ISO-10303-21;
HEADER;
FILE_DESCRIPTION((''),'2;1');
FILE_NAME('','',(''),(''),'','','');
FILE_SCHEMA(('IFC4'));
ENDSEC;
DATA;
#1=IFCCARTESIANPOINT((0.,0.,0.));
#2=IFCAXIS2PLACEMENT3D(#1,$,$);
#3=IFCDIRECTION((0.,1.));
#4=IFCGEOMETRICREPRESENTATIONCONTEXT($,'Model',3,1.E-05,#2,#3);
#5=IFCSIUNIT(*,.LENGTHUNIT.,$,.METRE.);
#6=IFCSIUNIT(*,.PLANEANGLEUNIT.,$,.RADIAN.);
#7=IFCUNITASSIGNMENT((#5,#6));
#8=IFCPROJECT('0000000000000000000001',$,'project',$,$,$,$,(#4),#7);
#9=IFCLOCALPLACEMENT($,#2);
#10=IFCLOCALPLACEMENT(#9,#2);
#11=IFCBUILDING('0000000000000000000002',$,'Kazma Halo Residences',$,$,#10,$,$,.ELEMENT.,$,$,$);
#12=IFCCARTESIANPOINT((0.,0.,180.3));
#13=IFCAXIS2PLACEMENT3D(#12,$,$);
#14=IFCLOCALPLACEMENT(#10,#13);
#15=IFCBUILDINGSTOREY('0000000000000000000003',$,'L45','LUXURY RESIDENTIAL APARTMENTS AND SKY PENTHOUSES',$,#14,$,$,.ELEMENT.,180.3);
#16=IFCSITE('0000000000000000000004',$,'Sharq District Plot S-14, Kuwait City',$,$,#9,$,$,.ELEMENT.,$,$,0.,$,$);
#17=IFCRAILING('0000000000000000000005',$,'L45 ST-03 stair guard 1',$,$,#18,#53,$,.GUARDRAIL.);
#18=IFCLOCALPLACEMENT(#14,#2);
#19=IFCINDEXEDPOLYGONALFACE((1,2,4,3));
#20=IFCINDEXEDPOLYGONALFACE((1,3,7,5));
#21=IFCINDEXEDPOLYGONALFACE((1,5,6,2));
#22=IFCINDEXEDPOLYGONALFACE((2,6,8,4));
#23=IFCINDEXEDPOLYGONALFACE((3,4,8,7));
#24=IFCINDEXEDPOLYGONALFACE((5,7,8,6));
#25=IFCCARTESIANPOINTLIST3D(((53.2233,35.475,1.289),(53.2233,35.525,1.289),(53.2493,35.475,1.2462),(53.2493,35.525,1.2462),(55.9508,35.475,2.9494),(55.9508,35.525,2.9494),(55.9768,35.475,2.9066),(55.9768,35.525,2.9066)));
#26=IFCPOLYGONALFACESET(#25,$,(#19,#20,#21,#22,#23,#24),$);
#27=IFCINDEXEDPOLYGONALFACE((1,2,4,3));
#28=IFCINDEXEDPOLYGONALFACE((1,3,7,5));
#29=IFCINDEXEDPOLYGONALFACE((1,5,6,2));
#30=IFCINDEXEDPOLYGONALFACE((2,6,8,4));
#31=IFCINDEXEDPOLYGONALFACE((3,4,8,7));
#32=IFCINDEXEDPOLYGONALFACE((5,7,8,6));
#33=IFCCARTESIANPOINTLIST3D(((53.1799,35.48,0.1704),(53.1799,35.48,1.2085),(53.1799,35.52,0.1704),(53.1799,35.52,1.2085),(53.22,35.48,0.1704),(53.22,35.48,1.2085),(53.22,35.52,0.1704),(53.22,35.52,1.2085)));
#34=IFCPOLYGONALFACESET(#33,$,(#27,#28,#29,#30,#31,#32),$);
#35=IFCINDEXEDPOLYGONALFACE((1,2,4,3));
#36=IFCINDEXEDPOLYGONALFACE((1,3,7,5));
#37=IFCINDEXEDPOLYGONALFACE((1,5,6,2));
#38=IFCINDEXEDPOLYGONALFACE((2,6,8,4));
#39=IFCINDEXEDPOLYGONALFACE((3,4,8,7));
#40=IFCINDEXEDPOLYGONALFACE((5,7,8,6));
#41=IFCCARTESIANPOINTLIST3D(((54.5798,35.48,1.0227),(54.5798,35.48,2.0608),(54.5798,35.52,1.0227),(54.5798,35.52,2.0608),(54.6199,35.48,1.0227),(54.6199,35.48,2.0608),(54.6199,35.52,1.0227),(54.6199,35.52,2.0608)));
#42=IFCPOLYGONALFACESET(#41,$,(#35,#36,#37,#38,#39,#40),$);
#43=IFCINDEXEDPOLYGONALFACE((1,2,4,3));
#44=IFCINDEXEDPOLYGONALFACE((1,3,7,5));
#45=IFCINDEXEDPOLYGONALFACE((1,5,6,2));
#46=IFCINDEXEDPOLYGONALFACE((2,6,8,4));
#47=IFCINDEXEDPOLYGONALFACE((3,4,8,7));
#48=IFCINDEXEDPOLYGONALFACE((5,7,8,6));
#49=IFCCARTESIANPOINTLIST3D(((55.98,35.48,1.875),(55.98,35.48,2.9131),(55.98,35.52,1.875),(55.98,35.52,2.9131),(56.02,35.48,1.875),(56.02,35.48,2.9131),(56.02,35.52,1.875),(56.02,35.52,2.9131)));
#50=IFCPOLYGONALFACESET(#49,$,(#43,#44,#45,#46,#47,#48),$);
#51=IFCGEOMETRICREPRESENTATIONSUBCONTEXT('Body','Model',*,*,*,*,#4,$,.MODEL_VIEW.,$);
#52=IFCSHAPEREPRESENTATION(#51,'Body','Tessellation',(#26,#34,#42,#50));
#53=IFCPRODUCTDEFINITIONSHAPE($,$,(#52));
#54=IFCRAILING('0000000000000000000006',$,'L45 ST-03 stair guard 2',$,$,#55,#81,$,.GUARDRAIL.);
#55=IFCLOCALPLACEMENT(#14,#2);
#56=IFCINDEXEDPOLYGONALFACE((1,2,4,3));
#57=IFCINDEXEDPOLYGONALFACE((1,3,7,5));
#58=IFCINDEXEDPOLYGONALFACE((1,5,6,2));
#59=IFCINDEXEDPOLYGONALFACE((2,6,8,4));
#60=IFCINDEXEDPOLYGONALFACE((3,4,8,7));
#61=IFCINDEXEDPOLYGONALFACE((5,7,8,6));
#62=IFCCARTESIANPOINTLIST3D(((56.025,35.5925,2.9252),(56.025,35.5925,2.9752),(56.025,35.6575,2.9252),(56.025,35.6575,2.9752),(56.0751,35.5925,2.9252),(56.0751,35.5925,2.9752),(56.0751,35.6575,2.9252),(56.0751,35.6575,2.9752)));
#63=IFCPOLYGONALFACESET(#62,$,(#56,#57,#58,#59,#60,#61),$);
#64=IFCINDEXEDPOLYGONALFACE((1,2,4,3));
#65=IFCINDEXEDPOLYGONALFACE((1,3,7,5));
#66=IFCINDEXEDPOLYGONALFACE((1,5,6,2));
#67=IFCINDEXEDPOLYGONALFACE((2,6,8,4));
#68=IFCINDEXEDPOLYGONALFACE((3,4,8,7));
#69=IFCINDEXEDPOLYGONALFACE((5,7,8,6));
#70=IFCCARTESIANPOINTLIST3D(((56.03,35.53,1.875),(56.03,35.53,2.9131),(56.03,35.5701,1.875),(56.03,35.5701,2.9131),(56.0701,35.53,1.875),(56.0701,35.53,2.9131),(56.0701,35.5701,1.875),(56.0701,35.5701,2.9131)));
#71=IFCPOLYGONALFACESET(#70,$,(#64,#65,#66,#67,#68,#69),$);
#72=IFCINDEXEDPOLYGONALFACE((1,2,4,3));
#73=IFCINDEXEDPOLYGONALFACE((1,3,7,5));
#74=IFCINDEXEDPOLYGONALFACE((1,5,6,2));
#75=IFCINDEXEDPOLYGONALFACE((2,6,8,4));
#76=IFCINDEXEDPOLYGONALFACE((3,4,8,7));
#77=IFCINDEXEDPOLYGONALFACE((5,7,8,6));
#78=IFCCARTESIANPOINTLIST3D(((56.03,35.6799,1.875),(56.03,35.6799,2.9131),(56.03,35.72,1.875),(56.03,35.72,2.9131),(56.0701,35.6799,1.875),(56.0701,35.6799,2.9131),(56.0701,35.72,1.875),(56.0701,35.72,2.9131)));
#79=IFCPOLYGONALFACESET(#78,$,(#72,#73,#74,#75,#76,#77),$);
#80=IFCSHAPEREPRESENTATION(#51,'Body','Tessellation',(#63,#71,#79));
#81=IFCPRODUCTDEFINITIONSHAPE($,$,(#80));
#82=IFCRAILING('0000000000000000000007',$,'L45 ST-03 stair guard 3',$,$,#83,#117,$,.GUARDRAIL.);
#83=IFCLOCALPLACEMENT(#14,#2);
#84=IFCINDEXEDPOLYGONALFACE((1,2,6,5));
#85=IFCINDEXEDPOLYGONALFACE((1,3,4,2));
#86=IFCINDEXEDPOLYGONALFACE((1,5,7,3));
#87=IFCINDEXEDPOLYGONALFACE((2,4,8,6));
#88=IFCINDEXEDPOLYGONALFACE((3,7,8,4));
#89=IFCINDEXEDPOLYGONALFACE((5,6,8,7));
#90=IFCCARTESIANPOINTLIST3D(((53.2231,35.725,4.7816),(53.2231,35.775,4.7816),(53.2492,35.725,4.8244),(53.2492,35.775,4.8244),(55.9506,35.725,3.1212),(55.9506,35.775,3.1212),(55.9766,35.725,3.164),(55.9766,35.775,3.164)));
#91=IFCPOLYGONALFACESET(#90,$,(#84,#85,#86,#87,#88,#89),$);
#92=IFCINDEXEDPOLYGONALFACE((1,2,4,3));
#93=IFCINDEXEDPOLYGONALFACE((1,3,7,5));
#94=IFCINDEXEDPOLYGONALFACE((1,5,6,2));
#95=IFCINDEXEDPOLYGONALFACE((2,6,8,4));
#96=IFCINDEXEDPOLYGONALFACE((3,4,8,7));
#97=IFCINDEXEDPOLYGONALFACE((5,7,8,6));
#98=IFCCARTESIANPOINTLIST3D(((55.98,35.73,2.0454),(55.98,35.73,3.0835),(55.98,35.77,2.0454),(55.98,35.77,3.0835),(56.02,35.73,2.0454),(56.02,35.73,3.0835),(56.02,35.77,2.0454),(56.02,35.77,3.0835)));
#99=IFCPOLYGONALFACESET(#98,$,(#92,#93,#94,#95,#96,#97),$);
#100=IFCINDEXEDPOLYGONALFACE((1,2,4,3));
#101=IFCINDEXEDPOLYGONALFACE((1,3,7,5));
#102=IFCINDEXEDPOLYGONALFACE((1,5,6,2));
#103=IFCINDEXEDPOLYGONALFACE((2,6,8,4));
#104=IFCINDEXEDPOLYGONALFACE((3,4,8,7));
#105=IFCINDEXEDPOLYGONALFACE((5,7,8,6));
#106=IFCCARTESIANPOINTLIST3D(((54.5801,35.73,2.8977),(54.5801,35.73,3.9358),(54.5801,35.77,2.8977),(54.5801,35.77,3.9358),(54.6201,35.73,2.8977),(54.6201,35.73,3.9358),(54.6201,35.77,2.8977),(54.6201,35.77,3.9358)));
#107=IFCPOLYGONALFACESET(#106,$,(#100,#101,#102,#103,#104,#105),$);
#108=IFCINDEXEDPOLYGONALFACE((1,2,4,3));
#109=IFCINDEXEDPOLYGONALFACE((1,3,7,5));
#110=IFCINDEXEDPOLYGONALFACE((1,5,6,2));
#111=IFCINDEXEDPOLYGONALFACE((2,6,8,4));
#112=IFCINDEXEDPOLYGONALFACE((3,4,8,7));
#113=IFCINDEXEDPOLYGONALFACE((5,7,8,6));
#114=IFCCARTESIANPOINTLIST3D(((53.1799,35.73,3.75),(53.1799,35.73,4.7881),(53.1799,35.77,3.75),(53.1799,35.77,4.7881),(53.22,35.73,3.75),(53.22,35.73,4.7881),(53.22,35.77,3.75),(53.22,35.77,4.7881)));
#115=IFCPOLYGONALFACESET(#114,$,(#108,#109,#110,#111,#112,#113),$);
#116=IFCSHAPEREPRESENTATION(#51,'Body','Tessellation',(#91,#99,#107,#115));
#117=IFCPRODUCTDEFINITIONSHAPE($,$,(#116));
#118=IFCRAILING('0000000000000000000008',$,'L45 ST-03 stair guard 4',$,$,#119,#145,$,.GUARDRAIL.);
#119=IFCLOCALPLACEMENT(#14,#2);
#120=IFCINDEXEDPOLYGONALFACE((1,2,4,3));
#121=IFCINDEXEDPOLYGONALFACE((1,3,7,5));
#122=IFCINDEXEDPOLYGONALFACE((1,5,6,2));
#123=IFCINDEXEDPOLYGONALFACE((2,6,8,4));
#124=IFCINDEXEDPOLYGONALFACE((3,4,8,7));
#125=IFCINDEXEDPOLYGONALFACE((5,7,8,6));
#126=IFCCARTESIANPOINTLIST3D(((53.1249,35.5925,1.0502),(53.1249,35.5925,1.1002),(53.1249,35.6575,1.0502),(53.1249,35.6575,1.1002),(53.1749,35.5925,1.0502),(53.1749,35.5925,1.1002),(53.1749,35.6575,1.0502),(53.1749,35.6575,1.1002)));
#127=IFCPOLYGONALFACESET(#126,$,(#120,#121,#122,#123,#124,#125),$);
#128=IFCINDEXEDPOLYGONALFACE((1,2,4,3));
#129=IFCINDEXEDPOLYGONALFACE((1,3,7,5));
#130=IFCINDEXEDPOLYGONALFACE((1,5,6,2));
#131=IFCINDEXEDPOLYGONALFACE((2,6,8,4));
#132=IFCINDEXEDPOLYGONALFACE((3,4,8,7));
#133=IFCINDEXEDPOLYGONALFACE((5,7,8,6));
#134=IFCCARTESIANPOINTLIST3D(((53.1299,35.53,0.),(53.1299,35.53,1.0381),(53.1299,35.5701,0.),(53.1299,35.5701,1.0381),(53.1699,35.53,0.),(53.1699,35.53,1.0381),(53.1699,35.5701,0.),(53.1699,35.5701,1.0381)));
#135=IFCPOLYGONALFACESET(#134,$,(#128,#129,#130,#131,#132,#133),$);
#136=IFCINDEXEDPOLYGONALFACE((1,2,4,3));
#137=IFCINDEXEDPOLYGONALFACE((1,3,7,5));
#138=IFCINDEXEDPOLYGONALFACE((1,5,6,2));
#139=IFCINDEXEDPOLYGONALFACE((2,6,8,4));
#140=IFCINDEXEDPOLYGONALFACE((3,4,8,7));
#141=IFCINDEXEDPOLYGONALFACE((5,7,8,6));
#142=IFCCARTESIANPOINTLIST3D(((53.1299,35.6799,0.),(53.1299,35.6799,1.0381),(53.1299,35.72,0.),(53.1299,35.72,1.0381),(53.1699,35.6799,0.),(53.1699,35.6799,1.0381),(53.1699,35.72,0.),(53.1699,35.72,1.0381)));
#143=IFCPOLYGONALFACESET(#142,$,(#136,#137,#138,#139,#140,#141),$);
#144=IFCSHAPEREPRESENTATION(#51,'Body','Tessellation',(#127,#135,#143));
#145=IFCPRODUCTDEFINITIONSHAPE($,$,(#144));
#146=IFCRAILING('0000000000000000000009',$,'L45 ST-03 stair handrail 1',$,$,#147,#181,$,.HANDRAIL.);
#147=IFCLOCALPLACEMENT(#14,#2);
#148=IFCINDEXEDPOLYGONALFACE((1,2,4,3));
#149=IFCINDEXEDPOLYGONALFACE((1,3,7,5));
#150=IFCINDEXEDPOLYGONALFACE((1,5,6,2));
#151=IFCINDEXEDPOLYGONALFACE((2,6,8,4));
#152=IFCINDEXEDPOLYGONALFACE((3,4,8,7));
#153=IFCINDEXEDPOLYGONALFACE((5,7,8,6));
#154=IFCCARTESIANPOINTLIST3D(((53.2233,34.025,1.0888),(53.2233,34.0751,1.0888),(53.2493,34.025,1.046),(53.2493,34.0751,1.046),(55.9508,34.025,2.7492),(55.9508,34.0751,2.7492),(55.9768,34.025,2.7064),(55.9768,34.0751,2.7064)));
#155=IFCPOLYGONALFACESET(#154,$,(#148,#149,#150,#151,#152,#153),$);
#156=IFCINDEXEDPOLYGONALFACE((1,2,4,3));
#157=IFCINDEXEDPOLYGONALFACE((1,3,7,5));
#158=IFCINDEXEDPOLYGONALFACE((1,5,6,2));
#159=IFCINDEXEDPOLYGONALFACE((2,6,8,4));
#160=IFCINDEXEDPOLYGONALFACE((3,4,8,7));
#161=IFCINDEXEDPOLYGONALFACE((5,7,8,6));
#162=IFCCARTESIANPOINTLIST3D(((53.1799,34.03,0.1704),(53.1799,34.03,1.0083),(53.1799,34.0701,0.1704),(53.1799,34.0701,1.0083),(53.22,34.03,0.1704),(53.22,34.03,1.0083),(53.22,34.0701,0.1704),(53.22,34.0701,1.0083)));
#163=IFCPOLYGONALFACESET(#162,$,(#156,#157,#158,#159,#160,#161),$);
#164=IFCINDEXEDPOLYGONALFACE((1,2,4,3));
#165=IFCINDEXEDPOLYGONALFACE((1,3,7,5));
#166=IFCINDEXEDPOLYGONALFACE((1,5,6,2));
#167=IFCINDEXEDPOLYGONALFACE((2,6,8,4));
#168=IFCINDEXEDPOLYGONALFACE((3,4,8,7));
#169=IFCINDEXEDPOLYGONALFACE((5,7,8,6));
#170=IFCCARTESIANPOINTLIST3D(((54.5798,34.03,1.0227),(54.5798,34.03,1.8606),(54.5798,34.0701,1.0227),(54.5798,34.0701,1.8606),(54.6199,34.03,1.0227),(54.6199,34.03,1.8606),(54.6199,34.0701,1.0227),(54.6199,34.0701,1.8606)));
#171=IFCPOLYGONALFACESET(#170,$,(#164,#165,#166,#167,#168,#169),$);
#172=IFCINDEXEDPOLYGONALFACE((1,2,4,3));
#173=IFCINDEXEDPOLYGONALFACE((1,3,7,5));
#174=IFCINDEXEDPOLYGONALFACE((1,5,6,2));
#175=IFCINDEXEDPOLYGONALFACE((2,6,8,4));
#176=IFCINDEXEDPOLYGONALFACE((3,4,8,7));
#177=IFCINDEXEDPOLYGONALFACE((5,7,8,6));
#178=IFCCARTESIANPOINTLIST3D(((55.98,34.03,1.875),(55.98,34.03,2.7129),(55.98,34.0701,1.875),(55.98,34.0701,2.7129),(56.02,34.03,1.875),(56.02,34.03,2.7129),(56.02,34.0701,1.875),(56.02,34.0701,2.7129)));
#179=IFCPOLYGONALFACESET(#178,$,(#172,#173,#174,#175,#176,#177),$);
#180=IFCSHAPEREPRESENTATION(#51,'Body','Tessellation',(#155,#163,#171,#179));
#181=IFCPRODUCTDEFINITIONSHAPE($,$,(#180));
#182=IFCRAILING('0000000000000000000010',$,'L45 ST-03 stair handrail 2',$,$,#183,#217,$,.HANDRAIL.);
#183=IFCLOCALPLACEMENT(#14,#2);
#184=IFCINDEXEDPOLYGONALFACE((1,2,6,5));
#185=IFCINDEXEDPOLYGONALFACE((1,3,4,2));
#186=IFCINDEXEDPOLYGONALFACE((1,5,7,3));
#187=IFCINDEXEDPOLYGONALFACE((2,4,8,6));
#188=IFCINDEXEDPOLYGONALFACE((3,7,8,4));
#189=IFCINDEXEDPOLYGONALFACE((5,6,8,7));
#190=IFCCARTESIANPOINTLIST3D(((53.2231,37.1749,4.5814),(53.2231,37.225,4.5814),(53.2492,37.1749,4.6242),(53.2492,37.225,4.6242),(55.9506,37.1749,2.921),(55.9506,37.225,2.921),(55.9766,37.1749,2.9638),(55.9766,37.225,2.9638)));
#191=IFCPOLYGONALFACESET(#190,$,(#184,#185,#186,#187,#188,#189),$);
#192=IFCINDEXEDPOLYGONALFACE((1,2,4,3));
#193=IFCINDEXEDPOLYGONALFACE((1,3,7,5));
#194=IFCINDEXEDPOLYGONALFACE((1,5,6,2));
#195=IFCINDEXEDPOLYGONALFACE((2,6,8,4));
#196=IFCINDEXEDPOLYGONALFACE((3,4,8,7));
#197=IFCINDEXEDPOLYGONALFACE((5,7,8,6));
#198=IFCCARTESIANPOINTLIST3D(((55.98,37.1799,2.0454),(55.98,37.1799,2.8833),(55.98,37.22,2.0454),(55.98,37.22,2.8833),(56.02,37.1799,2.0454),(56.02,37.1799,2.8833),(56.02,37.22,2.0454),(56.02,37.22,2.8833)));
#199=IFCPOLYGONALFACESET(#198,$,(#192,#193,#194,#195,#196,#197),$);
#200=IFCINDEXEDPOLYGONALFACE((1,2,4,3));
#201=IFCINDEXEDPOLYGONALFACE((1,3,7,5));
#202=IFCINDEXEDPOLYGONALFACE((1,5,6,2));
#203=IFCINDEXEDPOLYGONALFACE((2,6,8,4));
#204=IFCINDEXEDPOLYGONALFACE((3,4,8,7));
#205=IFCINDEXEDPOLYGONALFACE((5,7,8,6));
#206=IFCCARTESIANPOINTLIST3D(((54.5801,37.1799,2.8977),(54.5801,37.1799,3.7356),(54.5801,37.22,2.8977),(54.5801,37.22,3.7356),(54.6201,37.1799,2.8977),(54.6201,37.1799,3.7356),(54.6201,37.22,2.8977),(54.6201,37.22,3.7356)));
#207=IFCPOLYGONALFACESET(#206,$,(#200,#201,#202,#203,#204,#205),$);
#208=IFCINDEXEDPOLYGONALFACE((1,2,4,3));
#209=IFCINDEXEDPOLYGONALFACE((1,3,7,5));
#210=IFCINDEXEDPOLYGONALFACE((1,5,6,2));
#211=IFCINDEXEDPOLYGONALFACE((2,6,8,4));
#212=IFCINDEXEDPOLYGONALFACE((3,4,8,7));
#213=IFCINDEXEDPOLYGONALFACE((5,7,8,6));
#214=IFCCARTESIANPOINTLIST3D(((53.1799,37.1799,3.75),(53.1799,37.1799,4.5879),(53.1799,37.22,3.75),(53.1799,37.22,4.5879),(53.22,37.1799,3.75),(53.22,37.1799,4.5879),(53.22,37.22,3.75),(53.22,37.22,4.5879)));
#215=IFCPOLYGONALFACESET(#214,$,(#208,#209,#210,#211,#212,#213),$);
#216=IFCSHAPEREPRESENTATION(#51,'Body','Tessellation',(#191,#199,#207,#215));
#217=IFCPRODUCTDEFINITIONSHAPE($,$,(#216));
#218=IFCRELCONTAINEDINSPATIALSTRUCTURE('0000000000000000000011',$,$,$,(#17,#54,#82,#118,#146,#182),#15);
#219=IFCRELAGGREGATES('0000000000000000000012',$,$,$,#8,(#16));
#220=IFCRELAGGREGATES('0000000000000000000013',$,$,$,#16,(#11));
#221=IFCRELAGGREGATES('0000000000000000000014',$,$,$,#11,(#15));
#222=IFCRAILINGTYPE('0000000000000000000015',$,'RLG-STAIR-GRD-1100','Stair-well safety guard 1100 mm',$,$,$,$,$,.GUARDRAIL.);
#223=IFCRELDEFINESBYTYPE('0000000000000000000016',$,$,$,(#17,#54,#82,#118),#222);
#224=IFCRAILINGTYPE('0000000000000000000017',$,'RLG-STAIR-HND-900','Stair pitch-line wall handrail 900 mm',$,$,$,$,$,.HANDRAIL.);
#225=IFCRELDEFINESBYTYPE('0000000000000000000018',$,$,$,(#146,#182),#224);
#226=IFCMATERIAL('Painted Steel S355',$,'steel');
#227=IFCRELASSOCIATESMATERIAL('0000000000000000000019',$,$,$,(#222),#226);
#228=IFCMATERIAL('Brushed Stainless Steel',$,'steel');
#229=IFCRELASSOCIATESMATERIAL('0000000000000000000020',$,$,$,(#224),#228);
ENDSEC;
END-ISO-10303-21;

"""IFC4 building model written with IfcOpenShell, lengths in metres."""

from ifc_helpers import new_model, si_unit, direction, frame, origin, origin_2d, place, context, subcontext, project, spatial, rectangle, extrude, material, type_object, element, save


model = new_model("IFC4")

# Units and contexts
model_context = context("Model", 3, precision=1e-05, world=origin(), true_north=direction((0.0, 1.0)))
body_context = subcontext(model_context, "Body", "Model", "MODEL_VIEW")
ifc_project = project(units=[si_unit("LENGTHUNIT", "METRE"), si_unit("PLANEANGLEUNIT", "RADIAN")], contexts=[model_context])

# Site, building, storey
site_placement = place(None, origin())
site = spatial("IfcSite", under=ifc_project, at=site_placement, Name="Sharq District Plot S-14, Kuwait City", CompositionType="ELEMENT", RefElevation=0.0)
building_placement = place(site_placement, origin())
building = spatial("IfcBuilding", under=site, at=building_placement, Name="Kazma Halo Residences", CompositionType="ELEMENT")
storey_placement = place(building_placement, frame((0.0, 0.0, 180.3)))
storey = spatial("IfcBuildingStorey", under=building, at=storey_placement, Name="L45", Description="LUXURY RESIDENTIAL APARTMENTS AND SKY PENTHOUSES", CompositionType="ELEMENT", Elevation=180.3)

# Railings
ifc_material_1 = material(Name="Painted Steel S355", Category="steel")
railing_type_1 = type_object("IfcRailingType", Name="RLG-STAIR-GRD-1100", Description="Stair-well safety guard 1100 mm", PredefinedType="GUARDRAIL", material=ifc_material_1)
railing_1_placement = place(storey_placement, frame((53.2, 35.5, 0.1704)))
element("IfcRailing", 1, at=railing_1_placement, inside=storey, type_object=railing_type_1, Name="L45 ST-03 stair guard 1", PredefinedType="GUARDRAIL", context=body_context, shape_type="SweptSolid", body=[
    extrude(rectangle(XDim=0.05, YDim=0.05, at=origin_2d()), frame((0.0364, 0.0, 1.0972), z_axis=(0.85417, 0.0, 0.519994), x_axis=(0.0, 1.0, 0.0)), (0.0, 0.0, 1.0), 3.1931),
    extrude(rectangle(XDim=0.04, YDim=0.04, at=origin_2d()), origin(), (0.0, 0.0, 1.0), 1.0381),
    extrude(rectangle(XDim=0.04, YDim=0.04, at=origin_2d()), frame((1.3999, 0.0, 0.8523)), (0.0, 0.0, 1.0), 1.0381),
    extrude(rectangle(XDim=0.04, YDim=0.04, at=origin_2d()), frame((2.8, 0.0, 1.7046)), (0.0, 0.0, 1.0), 1.0381),
])
railing_2_placement = place(storey_placement, frame((56.05, 35.55, 1.875)))
element("IfcRailing", 2, at=railing_2_placement, inside=storey, type_object=railing_type_1, Name="L45 ST-03 stair guard 2", PredefinedType="GUARDRAIL", context=body_context, shape_type="SweptSolid", body=[
    extrude(rectangle(XDim=0.05, YDim=0.05, at=origin_2d()), frame((0.0, 0.0425, 1.0752), z_axis=(0.0, 1.0, 0.0), x_axis=(-1.0, 0.0, 0.0)), (0.0, 0.0, 1.0), 0.0649),
    extrude(rectangle(XDim=0.04, YDim=0.04, at=origin_2d()), origin(), (0.0, 0.0, 1.0), 1.0381),
    extrude(rectangle(XDim=0.04, YDim=0.04, at=origin_2d()), frame((0.0, 0.1499, 0.0)), (0.0, 0.0, 1.0), 1.0381),
])
railing_3_placement = place(storey_placement, frame((56.0, 35.75, 2.0454)))
element("IfcRailing", 3, at=railing_3_placement, inside=storey, type_object=railing_type_1, Name="L45 ST-03 stair guard 3", PredefinedType="GUARDRAIL", context=body_context, shape_type="SweptSolid", body=[
    extrude(rectangle(XDim=0.05, YDim=0.05, at=origin_2d()), frame((-0.0364, 0.0, 1.0972), z_axis=(-0.85417, 0.0, 0.519994), x_axis=(0.0, -1.0, 0.0)), (0.0, 0.0, 1.0), 3.1931),
    extrude(rectangle(XDim=0.04, YDim=0.04, at=origin_2d()), origin(), (0.0, 0.0, 1.0), 1.0381),
    extrude(rectangle(XDim=0.04, YDim=0.04, at=origin_2d()), frame((-1.3999, 0.0, 0.8523)), (0.0, 0.0, 1.0), 1.0381),
    extrude(rectangle(XDim=0.04, YDim=0.04, at=origin_2d()), frame((-2.8, 0.0, 1.7046)), (0.0, 0.0, 1.0), 1.0381),
])
railing_4_placement = place(storey_placement, frame((53.1499, 35.55, 0.0)))
element("IfcRailing", 4, at=railing_4_placement, inside=storey, type_object=railing_type_1, Name="L45 ST-03 stair guard 4", PredefinedType="GUARDRAIL", context=body_context, shape_type="SweptSolid", body=[
    extrude(rectangle(XDim=0.05, YDim=0.05, at=origin_2d()), frame((0.0, 0.0425, 1.0752), z_axis=(0.0, 1.0, 0.0), x_axis=(-1.0, 0.0, 0.0)), (0.0, 0.0, 1.0), 0.0649),
    extrude(rectangle(XDim=0.04, YDim=0.04, at=origin_2d()), origin(), (0.0, 0.0, 1.0), 1.0381),
    extrude(rectangle(XDim=0.04, YDim=0.04, at=origin_2d()), frame((0.0, 0.1499, 0.0)), (0.0, 0.0, 1.0), 1.0381),
])
ifc_material_2 = material(Name="Brushed Stainless Steel", Category="steel")
railing_type_2 = type_object("IfcRailingType", Name="RLG-STAIR-HND-900", Description="Stair pitch-line wall handrail 900 mm", PredefinedType="HANDRAIL", material=ifc_material_2)
railing_5_placement = place(storey_placement, frame((53.2, 34.05, 0.1704)))
element("IfcRailing", 5, at=railing_5_placement, inside=storey, type_object=railing_type_2, Name="L45 ST-03 stair handrail 1", PredefinedType="HANDRAIL", context=body_context, shape_type="SweptSolid", body=[
    extrude(rectangle(XDim=0.05, YDim=0.05, at=origin_2d()), frame((0.0364, 0.0, 0.897), z_axis=(0.85417, 0.0, 0.519994), x_axis=(0.0, 1.0, 0.0)), (0.0, 0.0, 1.0), 3.1931),
    extrude(rectangle(XDim=0.04, YDim=0.04, at=origin_2d()), origin(), (0.0, 0.0, 1.0), 0.8379),
    extrude(rectangle(XDim=0.04, YDim=0.04, at=origin_2d()), frame((1.3999, 0.0, 0.8523)), (0.0, 0.0, 1.0), 0.8379),
    extrude(rectangle(XDim=0.04, YDim=0.04, at=origin_2d()), frame((2.8, 0.0, 1.7046)), (0.0, 0.0, 1.0), 0.8379),
])
railing_6_placement = place(storey_placement, frame((56.0, 37.2, 2.0454)))
element("IfcRailing", 6, at=railing_6_placement, inside=storey, type_object=railing_type_2, Name="L45 ST-03 stair handrail 2", PredefinedType="HANDRAIL", context=body_context, shape_type="SweptSolid", body=[
    extrude(rectangle(XDim=0.05, YDim=0.05, at=origin_2d()), frame((-0.0364, 0.0, 0.897), z_axis=(-0.85417, 0.0, 0.519994), x_axis=(0.0, -1.0, 0.0)), (0.0, 0.0, 1.0), 3.1931),
    extrude(rectangle(XDim=0.04, YDim=0.04, at=origin_2d()), origin(), (0.0, 0.0, 1.0), 0.8379),
    extrude(rectangle(XDim=0.04, YDim=0.04, at=origin_2d()), frame((-1.3999, 0.0, 0.8523)), (0.0, 0.0, 1.0), 0.8379),
    extrude(rectangle(XDim=0.04, YDim=0.04, at=origin_2d()), frame((-2.8, 0.0, 1.7046)), (0.0, 0.0, 1.0), 0.8379),
])

save(model, "model.ifc")
